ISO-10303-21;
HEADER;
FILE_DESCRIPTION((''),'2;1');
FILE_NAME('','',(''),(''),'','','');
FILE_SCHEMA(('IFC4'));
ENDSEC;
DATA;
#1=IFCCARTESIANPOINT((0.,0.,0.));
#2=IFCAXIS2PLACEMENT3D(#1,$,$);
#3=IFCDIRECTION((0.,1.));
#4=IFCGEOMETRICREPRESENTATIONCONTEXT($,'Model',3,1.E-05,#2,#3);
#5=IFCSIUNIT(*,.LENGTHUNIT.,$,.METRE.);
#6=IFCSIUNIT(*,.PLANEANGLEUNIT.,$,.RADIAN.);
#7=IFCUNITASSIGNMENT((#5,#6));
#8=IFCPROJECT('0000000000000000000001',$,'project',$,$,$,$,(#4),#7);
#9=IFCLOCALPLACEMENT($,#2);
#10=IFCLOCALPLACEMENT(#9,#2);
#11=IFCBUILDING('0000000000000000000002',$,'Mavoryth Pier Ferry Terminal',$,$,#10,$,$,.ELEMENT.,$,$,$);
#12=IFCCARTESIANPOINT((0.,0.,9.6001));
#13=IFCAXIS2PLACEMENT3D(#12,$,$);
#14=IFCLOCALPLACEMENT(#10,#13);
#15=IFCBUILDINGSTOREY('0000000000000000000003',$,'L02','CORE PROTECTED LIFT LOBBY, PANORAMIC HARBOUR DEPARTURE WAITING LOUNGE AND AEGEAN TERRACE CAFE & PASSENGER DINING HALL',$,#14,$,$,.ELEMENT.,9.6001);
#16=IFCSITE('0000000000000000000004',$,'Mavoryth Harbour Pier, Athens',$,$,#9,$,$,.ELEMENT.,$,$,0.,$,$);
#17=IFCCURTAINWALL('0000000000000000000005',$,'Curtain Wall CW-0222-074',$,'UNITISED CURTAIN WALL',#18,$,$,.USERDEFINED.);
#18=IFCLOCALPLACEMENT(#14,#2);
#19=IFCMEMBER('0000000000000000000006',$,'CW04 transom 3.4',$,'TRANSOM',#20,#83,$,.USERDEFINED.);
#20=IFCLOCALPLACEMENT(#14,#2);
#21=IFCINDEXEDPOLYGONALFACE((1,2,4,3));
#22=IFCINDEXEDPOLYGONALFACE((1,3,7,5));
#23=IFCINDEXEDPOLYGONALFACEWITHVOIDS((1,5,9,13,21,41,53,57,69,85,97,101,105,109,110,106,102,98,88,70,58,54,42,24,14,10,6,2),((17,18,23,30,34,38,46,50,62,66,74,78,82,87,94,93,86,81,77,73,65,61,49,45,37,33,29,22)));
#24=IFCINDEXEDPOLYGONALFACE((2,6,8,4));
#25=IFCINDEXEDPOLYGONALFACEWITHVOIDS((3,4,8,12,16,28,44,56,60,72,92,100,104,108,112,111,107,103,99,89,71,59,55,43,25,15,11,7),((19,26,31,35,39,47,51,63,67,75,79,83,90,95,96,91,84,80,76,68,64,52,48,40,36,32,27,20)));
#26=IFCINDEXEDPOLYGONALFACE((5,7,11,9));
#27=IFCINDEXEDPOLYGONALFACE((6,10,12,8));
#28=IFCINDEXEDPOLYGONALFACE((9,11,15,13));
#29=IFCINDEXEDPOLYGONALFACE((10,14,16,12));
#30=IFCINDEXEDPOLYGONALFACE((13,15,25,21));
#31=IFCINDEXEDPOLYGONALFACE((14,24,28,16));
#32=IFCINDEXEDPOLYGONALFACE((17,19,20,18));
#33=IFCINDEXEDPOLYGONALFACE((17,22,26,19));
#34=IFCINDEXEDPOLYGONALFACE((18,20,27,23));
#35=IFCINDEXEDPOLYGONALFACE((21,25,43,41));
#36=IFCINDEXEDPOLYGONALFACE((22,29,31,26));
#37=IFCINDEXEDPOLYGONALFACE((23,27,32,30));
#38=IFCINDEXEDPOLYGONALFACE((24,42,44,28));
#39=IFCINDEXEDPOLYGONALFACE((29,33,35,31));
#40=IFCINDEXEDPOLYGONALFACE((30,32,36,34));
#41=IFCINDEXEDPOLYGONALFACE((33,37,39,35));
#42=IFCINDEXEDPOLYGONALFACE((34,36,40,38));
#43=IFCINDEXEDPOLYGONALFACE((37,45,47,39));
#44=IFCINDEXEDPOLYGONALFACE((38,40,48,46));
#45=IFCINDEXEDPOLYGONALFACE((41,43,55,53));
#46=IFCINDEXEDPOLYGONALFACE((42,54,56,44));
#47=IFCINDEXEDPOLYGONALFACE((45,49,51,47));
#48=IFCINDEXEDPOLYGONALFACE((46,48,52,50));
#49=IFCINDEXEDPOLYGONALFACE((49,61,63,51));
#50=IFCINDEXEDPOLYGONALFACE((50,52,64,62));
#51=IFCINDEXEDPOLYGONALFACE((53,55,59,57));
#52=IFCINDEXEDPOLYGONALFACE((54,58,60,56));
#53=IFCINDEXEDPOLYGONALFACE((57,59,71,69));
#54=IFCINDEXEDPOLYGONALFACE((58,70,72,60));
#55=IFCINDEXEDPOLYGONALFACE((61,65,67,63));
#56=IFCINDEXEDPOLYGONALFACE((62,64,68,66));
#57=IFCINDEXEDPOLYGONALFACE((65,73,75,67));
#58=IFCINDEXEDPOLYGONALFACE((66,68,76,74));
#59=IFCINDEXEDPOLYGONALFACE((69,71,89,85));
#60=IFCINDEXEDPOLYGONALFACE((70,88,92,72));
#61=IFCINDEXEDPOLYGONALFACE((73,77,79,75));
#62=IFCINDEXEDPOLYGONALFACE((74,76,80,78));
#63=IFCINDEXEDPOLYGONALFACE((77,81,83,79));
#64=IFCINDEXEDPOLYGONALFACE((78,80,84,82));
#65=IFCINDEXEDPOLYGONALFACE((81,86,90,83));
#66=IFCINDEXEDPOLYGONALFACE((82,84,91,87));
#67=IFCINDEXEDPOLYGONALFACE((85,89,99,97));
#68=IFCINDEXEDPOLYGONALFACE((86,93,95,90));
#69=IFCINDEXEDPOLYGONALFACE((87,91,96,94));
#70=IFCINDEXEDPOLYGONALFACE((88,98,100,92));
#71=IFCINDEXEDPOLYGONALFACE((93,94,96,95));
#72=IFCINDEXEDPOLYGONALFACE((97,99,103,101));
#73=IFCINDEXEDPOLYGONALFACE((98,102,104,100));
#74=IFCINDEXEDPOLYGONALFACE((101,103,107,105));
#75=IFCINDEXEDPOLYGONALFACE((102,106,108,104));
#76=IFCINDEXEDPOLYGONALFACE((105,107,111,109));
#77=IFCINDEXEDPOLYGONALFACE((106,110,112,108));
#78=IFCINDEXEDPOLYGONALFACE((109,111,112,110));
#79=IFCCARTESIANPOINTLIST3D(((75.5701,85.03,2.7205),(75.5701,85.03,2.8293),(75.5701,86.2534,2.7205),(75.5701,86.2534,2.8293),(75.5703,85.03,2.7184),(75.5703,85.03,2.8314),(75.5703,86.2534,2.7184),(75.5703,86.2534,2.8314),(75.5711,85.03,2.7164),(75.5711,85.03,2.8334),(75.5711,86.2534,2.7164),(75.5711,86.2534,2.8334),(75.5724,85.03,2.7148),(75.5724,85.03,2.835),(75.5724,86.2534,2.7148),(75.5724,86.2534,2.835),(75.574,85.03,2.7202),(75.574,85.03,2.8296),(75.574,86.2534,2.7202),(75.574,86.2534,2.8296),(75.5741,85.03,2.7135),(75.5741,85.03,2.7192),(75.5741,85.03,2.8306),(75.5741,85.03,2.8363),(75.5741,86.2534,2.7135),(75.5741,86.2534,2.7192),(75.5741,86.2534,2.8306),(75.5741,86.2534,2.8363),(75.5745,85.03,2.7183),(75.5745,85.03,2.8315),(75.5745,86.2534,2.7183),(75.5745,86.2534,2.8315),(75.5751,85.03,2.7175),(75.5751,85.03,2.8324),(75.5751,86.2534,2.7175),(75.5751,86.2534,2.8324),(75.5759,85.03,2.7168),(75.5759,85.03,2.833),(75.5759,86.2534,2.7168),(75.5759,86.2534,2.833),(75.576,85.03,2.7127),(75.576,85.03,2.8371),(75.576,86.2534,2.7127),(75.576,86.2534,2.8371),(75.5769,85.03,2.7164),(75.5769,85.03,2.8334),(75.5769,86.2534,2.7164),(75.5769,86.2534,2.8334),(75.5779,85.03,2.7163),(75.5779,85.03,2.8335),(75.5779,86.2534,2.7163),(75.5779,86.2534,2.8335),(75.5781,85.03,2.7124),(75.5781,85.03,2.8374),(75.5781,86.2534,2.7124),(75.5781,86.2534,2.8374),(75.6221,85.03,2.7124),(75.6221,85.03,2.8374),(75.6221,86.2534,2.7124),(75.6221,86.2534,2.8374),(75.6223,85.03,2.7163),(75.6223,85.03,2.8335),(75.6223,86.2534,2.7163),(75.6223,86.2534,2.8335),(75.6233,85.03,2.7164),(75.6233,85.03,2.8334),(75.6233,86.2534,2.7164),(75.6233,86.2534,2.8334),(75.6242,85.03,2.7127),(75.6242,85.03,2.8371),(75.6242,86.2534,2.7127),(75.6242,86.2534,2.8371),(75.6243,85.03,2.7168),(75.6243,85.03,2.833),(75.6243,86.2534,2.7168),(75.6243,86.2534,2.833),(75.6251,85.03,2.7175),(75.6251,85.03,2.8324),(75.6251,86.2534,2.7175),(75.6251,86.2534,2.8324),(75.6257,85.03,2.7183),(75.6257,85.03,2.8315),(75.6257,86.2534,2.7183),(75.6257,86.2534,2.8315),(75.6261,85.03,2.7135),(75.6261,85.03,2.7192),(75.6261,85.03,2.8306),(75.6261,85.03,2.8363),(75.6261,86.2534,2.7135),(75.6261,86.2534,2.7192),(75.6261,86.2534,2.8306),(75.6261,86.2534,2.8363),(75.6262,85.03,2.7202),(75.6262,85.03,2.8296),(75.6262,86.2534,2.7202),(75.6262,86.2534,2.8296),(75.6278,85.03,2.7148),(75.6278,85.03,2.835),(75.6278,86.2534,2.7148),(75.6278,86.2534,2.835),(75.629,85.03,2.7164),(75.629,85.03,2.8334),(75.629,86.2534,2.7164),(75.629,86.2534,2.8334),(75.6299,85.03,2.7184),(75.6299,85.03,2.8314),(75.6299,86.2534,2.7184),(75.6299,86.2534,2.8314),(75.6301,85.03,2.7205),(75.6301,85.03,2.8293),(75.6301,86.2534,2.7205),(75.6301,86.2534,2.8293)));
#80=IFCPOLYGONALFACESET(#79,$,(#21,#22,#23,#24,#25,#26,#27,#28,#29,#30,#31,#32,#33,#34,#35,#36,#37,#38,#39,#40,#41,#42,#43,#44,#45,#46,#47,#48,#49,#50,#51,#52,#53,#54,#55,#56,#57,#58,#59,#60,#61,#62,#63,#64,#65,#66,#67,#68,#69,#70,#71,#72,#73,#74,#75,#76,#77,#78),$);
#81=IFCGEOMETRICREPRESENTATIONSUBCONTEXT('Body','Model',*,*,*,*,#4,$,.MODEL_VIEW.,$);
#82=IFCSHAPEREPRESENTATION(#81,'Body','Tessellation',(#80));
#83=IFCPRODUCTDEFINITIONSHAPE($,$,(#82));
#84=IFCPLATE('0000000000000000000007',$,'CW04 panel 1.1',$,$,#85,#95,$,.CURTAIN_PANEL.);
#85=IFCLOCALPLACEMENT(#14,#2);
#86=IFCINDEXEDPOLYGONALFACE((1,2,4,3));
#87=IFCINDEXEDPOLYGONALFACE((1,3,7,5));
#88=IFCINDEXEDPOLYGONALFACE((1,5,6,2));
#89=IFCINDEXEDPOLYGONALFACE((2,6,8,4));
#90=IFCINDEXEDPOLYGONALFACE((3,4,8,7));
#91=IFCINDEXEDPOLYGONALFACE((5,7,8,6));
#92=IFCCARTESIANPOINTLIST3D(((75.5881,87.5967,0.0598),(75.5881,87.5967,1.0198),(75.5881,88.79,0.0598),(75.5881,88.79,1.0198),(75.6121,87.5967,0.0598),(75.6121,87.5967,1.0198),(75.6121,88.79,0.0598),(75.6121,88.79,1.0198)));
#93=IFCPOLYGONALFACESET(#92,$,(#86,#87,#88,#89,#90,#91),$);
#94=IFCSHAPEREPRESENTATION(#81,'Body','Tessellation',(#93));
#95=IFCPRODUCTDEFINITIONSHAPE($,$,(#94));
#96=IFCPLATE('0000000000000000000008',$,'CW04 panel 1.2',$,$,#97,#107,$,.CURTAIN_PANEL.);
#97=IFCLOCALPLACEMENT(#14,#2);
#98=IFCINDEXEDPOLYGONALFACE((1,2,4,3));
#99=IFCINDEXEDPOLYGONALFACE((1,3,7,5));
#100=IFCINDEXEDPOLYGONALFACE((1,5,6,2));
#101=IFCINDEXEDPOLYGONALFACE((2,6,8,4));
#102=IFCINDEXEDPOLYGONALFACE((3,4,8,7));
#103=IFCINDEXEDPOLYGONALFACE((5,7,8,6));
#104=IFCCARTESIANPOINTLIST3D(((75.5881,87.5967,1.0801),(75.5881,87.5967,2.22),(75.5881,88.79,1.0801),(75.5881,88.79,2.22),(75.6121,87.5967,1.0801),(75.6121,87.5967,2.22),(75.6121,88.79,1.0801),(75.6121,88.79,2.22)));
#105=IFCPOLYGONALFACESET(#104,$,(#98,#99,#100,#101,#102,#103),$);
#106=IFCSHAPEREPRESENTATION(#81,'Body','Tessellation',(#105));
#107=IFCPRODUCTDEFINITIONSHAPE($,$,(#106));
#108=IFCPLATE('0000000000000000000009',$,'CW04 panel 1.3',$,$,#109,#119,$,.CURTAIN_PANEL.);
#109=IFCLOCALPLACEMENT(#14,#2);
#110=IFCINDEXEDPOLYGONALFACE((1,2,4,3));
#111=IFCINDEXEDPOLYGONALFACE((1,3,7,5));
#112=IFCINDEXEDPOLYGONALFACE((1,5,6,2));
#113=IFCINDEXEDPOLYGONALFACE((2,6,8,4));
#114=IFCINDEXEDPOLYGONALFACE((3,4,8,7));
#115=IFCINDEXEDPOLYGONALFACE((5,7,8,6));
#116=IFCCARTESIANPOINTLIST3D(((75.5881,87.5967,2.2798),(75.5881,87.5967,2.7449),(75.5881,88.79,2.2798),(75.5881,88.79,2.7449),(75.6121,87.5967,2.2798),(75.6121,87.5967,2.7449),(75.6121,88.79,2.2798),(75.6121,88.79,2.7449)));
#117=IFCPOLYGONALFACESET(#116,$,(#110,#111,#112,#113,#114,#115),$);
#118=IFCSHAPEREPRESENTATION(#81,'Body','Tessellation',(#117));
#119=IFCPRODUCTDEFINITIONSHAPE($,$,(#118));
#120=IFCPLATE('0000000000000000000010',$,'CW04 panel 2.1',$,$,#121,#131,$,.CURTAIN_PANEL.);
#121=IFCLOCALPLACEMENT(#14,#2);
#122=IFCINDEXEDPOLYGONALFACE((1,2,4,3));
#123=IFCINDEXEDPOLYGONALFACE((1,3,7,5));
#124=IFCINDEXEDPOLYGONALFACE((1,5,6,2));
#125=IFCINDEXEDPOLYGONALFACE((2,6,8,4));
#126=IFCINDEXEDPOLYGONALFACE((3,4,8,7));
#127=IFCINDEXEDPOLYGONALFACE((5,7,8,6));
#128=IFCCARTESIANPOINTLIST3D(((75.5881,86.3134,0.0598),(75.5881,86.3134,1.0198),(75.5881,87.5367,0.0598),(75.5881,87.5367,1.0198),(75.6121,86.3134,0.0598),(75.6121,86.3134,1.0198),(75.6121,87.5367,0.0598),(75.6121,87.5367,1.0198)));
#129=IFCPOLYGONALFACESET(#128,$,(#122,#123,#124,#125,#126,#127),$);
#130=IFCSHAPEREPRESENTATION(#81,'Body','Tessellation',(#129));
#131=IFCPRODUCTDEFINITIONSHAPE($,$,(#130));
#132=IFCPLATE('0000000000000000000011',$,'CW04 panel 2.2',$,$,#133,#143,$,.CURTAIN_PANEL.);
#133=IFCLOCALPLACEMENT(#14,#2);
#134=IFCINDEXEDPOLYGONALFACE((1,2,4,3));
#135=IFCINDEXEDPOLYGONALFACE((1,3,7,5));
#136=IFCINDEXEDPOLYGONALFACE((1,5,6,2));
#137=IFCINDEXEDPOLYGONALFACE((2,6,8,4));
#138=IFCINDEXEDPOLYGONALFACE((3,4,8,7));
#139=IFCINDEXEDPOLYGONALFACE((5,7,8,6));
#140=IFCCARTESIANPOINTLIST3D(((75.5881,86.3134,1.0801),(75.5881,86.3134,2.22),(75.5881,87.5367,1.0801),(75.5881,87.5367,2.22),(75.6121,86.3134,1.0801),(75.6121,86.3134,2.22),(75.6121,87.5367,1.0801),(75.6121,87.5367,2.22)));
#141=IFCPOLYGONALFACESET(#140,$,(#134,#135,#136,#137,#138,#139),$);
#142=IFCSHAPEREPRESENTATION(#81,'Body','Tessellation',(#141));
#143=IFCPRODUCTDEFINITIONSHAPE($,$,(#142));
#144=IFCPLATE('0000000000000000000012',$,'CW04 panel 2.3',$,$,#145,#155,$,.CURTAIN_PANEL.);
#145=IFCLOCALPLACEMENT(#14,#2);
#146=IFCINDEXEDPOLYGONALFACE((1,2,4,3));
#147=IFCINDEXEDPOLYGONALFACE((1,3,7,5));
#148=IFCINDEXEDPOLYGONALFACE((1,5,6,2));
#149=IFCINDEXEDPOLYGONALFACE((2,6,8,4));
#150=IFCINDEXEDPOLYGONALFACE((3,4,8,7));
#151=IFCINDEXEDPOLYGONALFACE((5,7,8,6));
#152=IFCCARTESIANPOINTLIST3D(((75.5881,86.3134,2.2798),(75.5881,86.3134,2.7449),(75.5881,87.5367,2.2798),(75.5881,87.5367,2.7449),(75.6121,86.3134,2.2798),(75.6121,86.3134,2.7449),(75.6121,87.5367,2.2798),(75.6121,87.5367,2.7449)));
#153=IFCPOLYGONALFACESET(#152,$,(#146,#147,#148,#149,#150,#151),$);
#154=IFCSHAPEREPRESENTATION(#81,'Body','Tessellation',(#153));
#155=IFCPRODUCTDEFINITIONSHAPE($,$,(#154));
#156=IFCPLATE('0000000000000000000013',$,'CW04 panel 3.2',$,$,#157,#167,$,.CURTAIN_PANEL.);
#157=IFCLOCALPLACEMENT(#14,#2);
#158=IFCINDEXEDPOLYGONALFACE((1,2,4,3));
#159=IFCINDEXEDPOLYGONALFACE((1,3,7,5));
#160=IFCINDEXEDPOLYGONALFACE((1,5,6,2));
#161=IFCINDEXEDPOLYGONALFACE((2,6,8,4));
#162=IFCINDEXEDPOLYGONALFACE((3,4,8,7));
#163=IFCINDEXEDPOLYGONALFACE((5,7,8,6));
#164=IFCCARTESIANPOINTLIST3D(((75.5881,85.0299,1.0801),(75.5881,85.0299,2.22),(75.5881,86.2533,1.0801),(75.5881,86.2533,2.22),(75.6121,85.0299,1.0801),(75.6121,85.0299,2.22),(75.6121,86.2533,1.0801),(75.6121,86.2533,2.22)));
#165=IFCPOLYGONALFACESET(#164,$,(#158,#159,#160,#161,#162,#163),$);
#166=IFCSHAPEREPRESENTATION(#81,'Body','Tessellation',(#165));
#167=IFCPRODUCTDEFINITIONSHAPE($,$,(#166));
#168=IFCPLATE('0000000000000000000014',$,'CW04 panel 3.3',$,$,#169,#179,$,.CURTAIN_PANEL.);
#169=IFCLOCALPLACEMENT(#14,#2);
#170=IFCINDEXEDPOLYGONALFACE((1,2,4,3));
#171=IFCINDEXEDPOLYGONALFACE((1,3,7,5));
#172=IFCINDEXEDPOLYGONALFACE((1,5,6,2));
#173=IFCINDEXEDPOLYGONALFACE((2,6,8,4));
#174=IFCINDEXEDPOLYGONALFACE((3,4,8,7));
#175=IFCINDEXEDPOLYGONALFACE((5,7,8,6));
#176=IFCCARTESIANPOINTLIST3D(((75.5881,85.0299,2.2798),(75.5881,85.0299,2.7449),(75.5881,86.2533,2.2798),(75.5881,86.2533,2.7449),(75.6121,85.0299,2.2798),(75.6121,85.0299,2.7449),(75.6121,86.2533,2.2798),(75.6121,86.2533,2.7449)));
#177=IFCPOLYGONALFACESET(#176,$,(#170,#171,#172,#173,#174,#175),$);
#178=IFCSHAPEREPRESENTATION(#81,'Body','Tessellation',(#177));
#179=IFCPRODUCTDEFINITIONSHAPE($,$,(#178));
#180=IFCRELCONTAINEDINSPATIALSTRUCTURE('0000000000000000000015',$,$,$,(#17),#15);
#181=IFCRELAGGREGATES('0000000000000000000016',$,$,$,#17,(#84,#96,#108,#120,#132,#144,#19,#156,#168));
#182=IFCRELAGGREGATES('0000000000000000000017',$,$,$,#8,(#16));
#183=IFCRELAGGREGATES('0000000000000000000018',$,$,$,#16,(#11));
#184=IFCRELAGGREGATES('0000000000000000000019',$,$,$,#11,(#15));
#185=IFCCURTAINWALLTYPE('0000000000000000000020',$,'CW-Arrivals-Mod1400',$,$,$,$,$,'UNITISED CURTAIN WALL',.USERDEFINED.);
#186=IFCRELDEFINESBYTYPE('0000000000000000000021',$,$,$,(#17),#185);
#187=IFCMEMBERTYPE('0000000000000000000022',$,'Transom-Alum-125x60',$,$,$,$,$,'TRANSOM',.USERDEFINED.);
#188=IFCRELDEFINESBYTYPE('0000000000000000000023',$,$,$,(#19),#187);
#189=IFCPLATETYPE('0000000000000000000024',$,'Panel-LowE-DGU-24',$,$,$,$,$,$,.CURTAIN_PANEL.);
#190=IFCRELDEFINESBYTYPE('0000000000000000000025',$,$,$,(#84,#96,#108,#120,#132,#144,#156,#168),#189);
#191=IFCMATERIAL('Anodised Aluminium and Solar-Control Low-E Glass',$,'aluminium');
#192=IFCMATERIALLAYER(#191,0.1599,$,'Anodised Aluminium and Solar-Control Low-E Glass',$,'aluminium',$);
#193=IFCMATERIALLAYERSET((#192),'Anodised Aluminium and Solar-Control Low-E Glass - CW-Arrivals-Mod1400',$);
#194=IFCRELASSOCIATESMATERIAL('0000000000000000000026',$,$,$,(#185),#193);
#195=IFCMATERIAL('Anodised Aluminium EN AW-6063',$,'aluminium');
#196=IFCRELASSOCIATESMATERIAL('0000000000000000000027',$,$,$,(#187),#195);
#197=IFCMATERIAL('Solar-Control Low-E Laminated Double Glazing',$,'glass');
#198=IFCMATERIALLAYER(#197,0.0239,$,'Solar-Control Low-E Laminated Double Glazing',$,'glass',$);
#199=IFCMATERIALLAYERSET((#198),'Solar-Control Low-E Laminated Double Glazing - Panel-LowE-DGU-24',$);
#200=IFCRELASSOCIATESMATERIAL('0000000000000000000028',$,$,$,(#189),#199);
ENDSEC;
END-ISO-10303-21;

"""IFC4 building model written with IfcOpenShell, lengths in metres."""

from ifc_helpers import new_model, si_unit, direction, frame, origin, origin_2d, place, context, subcontext, project, spatial, rectangle, hollow_rectangle, extrude, material, layer, layer_set, material_profile, profile_set, type_object, element, aggregate, save


model = new_model("IFC4")

# Units and contexts
model_context = context("Model", 3, precision=1e-05, world=origin(), true_north=direction((0.0, 1.0)))
body_context = subcontext(model_context, "Body", "Model", "MODEL_VIEW")
ifc_project = project(units=[si_unit("LENGTHUNIT", "METRE"), si_unit("PLANEANGLEUNIT", "RADIAN")], contexts=[model_context])

# Site, building, storey
site_placement = place(None, origin())
site = spatial("IfcSite", under=ifc_project, at=site_placement, Name="Mavoryth Harbour Pier, Athens", CompositionType="ELEMENT", RefElevation=0.0)
building_placement = place(site_placement, origin())
building = spatial("IfcBuilding", under=site, at=building_placement, Name="Mavoryth Pier Ferry Terminal", CompositionType="ELEMENT")
storey_placement = place(building_placement, frame((0.0, 0.0, 9.6001)))
storey = spatial("IfcBuildingStorey", under=building, at=storey_placement, Name="L02", Description="CORE PROTECTED LIFT LOBBY, PANORAMIC HARBOUR DEPARTURE WAITING LOUNGE AND AEGEAN TERRACE CAFE & PASSENGER DINING HALL", CompositionType="ELEMENT", Elevation=9.6001)

# Curtain wall, member, plates
ifc_material_1 = material(Name="Anodised Aluminium and Solar-Control Low-E Glass", Category="aluminium")
ifc_layer_1 = layer(ifc_material_1, 0.1599, Name="Anodised Aluminium and Solar-Control Low-E Glass", Category="aluminium")
ifc_layer_set_1 = layer_set([ifc_layer_1], Name="Anodised Aluminium and Solar-Control Low-E Glass - CW-Arrivals-Mod1400")
curtain_wall_type = type_object("IfcCurtainWallType", Name="CW-Arrivals-Mod1400", ElementType="UNITISED CURTAIN WALL", PredefinedType="USERDEFINED", material=ifc_layer_set_1)
curtain_wall_placement = place(storey_placement, origin())
curtain_wall = element("IfcCurtainWall", 1, at=curtain_wall_placement, inside=storey, type_object=curtain_wall_type, Name="Curtain Wall CW-0222-074", ObjectType="UNITISED CURTAIN WALL", PredefinedType="USERDEFINED")
ifc_material_2 = material(Name="Anodised Aluminium EN AW-6063", Category="aluminium")
ifc_material_profile_1 = material_profile(ifc_material_2, hollow_rectangle(XDim=0.0601, YDim=0.125, WallThickness=0.0039, InnerFilletRadius=0.0039, OuterFilletRadius=0.0081, at=origin_2d()), Name="AL-TRAN 125x60x4", Category="aluminium")
ifc_profile_set_1 = profile_set([ifc_material_profile_1], Name="Anodised Aluminium EN AW-6063 - AL-TRAN 125x60x4")
member_type_1 = type_object("IfcMemberType", Name="Transom-Alum-125x60", ElementType="TRANSOM", PredefinedType="USERDEFINED", material=ifc_profile_set_1)
member_1_placement = place(storey_placement, frame((75.6001, 86.2534, 2.7749), z_axis=(0.0, -1.0, 0.0), x_axis=(1.0, 0.0, 0.0)))
member_1 = element("IfcMember", 2, at=member_1_placement, type_object=member_type_1, Name="CW04 transom 3.4", ObjectType="TRANSOM", PredefinedType="USERDEFINED", context=body_context, shape_type="SweptSolid", body=[
    extrude(hollow_rectangle(XDim=0.0601, YDim=0.125, WallThickness=0.0039, InnerFilletRadius=0.0039, OuterFilletRadius=0.0081, at=origin_2d()), origin(), (0.0, 0.0, 1.0), 1.2234),
])
ifc_material_3 = material(Name="Solar-Control Low-E Laminated Double Glazing", Category="glass")
ifc_layer_2 = layer(ifc_material_3, 0.0239, Name="Solar-Control Low-E Laminated Double Glazing", Category="glass")
ifc_layer_set_2 = layer_set([ifc_layer_2], Name="Solar-Control Low-E Laminated Double Glazing - Panel-LowE-DGU-24")
plate_type = type_object("IfcPlateType", Name="Panel-LowE-DGU-24", PredefinedType="CURTAIN_PANEL", material=ifc_layer_set_2)
plate_1_placement = place(storey_placement, frame((75.6001, 88.1934, 0.0598), z_axis=(0.0, 0.0, 1.0), x_axis=(0.0, -1.0, 0.0)))
plate_1 = element("IfcPlate", 3, at=plate_1_placement, type_object=plate_type, Name="CW04 panel 1.1", PredefinedType="CURTAIN_PANEL", context=body_context, shape_type="SweptSolid", body=[
    extrude(rectangle(XDim=1.1934, YDim=0.0239, at=origin_2d()), origin(), (0.0, 0.0, 1.0), 0.96),
])
plate_2_placement = place(storey_placement, frame((75.6001, 88.1934, 1.0801), z_axis=(0.0, 0.0, 1.0), x_axis=(0.0, -1.0, 0.0)))
plate_2 = element("IfcPlate", 4, at=plate_2_placement, type_object=plate_type, Name="CW04 panel 1.2", PredefinedType="CURTAIN_PANEL", context=body_context, shape_type="SweptSolid", body=[
    extrude(rectangle(XDim=1.1934, YDim=0.0239, at=origin_2d()), origin(), (0.0, 0.0, 1.0), 1.1399),
])
plate_3_placement = place(storey_placement, frame((75.6001, 88.1934, 2.2798), z_axis=(0.0, 0.0, 1.0), x_axis=(0.0, -1.0, 0.0)))
plate_3 = element("IfcPlate", 5, at=plate_3_placement, type_object=plate_type, Name="CW04 panel 1.3", PredefinedType="CURTAIN_PANEL", context=body_context, shape_type="SweptSolid", body=[
    extrude(rectangle(XDim=1.1934, YDim=0.0239, at=origin_2d()), origin(), (0.0, 0.0, 1.0), 0.4651),
])
plate_4_placement = place(storey_placement, frame((75.6001, 86.925, 0.0598), z_axis=(0.0, 0.0, 1.0), x_axis=(0.0, -1.0, 0.0)))
plate_4 = element("IfcPlate", 6, at=plate_4_placement, type_object=plate_type, Name="CW04 panel 2.1", PredefinedType="CURTAIN_PANEL", context=body_context, shape_type="SweptSolid", body=[
    extrude(rectangle(XDim=1.2234, YDim=0.0239, at=origin_2d()), origin(), (0.0, 0.0, 1.0), 0.96),
])
plate_5_placement = place(storey_placement, frame((75.6001, 86.925, 1.0801), z_axis=(0.0, 0.0, 1.0), x_axis=(0.0, -1.0, 0.0)))
plate_5 = element("IfcPlate", 7, at=plate_5_placement, type_object=plate_type, Name="CW04 panel 2.2", PredefinedType="CURTAIN_PANEL", context=body_context, shape_type="SweptSolid", body=[
    extrude(rectangle(XDim=1.2234, YDim=0.0239, at=origin_2d()), origin(), (0.0, 0.0, 1.0), 1.1399),
])
plate_6_placement = place(storey_placement, frame((75.6001, 86.925, 2.2798), z_axis=(0.0, 0.0, 1.0), x_axis=(0.0, -1.0, 0.0)))
plate_6 = element("IfcPlate", 8, at=plate_6_placement, type_object=plate_type, Name="CW04 panel 2.3", PredefinedType="CURTAIN_PANEL", context=body_context, shape_type="SweptSolid", body=[
    extrude(rectangle(XDim=1.2234, YDim=0.0239, at=origin_2d()), origin(), (0.0, 0.0, 1.0), 0.4651),
])
plate_7_placement = place(storey_placement, frame((75.6001, 85.6416, 1.0801), z_axis=(0.0, 0.0, 1.0), x_axis=(0.0, -1.0, 0.0)))
plate_7 = element("IfcPlate", 9, at=plate_7_placement, type_object=plate_type, Name="CW04 panel 3.2", PredefinedType="CURTAIN_PANEL", context=body_context, shape_type="SweptSolid", body=[
    extrude(rectangle(XDim=1.2234, YDim=0.0239, at=origin_2d()), origin(), (0.0, 0.0, 1.0), 1.1399),
])
plate_8_placement = place(storey_placement, frame((75.6001, 85.6416, 2.2798), z_axis=(0.0, 0.0, 1.0), x_axis=(0.0, -1.0, 0.0)))
plate_8 = element("IfcPlate", 10, at=plate_8_placement, type_object=plate_type, Name="CW04 panel 3.3", PredefinedType="CURTAIN_PANEL", context=body_context, shape_type="SweptSolid", body=[
    extrude(rectangle(XDim=1.2234, YDim=0.0239, at=origin_2d()), origin(), (0.0, 0.0, 1.0), 0.4651),
])
aggregate(curtain_wall, [plate_1, plate_2, plate_3, plate_4, plate_5, plate_6, member_1, plate_7, plate_8])

save(model, "model.ifc")
